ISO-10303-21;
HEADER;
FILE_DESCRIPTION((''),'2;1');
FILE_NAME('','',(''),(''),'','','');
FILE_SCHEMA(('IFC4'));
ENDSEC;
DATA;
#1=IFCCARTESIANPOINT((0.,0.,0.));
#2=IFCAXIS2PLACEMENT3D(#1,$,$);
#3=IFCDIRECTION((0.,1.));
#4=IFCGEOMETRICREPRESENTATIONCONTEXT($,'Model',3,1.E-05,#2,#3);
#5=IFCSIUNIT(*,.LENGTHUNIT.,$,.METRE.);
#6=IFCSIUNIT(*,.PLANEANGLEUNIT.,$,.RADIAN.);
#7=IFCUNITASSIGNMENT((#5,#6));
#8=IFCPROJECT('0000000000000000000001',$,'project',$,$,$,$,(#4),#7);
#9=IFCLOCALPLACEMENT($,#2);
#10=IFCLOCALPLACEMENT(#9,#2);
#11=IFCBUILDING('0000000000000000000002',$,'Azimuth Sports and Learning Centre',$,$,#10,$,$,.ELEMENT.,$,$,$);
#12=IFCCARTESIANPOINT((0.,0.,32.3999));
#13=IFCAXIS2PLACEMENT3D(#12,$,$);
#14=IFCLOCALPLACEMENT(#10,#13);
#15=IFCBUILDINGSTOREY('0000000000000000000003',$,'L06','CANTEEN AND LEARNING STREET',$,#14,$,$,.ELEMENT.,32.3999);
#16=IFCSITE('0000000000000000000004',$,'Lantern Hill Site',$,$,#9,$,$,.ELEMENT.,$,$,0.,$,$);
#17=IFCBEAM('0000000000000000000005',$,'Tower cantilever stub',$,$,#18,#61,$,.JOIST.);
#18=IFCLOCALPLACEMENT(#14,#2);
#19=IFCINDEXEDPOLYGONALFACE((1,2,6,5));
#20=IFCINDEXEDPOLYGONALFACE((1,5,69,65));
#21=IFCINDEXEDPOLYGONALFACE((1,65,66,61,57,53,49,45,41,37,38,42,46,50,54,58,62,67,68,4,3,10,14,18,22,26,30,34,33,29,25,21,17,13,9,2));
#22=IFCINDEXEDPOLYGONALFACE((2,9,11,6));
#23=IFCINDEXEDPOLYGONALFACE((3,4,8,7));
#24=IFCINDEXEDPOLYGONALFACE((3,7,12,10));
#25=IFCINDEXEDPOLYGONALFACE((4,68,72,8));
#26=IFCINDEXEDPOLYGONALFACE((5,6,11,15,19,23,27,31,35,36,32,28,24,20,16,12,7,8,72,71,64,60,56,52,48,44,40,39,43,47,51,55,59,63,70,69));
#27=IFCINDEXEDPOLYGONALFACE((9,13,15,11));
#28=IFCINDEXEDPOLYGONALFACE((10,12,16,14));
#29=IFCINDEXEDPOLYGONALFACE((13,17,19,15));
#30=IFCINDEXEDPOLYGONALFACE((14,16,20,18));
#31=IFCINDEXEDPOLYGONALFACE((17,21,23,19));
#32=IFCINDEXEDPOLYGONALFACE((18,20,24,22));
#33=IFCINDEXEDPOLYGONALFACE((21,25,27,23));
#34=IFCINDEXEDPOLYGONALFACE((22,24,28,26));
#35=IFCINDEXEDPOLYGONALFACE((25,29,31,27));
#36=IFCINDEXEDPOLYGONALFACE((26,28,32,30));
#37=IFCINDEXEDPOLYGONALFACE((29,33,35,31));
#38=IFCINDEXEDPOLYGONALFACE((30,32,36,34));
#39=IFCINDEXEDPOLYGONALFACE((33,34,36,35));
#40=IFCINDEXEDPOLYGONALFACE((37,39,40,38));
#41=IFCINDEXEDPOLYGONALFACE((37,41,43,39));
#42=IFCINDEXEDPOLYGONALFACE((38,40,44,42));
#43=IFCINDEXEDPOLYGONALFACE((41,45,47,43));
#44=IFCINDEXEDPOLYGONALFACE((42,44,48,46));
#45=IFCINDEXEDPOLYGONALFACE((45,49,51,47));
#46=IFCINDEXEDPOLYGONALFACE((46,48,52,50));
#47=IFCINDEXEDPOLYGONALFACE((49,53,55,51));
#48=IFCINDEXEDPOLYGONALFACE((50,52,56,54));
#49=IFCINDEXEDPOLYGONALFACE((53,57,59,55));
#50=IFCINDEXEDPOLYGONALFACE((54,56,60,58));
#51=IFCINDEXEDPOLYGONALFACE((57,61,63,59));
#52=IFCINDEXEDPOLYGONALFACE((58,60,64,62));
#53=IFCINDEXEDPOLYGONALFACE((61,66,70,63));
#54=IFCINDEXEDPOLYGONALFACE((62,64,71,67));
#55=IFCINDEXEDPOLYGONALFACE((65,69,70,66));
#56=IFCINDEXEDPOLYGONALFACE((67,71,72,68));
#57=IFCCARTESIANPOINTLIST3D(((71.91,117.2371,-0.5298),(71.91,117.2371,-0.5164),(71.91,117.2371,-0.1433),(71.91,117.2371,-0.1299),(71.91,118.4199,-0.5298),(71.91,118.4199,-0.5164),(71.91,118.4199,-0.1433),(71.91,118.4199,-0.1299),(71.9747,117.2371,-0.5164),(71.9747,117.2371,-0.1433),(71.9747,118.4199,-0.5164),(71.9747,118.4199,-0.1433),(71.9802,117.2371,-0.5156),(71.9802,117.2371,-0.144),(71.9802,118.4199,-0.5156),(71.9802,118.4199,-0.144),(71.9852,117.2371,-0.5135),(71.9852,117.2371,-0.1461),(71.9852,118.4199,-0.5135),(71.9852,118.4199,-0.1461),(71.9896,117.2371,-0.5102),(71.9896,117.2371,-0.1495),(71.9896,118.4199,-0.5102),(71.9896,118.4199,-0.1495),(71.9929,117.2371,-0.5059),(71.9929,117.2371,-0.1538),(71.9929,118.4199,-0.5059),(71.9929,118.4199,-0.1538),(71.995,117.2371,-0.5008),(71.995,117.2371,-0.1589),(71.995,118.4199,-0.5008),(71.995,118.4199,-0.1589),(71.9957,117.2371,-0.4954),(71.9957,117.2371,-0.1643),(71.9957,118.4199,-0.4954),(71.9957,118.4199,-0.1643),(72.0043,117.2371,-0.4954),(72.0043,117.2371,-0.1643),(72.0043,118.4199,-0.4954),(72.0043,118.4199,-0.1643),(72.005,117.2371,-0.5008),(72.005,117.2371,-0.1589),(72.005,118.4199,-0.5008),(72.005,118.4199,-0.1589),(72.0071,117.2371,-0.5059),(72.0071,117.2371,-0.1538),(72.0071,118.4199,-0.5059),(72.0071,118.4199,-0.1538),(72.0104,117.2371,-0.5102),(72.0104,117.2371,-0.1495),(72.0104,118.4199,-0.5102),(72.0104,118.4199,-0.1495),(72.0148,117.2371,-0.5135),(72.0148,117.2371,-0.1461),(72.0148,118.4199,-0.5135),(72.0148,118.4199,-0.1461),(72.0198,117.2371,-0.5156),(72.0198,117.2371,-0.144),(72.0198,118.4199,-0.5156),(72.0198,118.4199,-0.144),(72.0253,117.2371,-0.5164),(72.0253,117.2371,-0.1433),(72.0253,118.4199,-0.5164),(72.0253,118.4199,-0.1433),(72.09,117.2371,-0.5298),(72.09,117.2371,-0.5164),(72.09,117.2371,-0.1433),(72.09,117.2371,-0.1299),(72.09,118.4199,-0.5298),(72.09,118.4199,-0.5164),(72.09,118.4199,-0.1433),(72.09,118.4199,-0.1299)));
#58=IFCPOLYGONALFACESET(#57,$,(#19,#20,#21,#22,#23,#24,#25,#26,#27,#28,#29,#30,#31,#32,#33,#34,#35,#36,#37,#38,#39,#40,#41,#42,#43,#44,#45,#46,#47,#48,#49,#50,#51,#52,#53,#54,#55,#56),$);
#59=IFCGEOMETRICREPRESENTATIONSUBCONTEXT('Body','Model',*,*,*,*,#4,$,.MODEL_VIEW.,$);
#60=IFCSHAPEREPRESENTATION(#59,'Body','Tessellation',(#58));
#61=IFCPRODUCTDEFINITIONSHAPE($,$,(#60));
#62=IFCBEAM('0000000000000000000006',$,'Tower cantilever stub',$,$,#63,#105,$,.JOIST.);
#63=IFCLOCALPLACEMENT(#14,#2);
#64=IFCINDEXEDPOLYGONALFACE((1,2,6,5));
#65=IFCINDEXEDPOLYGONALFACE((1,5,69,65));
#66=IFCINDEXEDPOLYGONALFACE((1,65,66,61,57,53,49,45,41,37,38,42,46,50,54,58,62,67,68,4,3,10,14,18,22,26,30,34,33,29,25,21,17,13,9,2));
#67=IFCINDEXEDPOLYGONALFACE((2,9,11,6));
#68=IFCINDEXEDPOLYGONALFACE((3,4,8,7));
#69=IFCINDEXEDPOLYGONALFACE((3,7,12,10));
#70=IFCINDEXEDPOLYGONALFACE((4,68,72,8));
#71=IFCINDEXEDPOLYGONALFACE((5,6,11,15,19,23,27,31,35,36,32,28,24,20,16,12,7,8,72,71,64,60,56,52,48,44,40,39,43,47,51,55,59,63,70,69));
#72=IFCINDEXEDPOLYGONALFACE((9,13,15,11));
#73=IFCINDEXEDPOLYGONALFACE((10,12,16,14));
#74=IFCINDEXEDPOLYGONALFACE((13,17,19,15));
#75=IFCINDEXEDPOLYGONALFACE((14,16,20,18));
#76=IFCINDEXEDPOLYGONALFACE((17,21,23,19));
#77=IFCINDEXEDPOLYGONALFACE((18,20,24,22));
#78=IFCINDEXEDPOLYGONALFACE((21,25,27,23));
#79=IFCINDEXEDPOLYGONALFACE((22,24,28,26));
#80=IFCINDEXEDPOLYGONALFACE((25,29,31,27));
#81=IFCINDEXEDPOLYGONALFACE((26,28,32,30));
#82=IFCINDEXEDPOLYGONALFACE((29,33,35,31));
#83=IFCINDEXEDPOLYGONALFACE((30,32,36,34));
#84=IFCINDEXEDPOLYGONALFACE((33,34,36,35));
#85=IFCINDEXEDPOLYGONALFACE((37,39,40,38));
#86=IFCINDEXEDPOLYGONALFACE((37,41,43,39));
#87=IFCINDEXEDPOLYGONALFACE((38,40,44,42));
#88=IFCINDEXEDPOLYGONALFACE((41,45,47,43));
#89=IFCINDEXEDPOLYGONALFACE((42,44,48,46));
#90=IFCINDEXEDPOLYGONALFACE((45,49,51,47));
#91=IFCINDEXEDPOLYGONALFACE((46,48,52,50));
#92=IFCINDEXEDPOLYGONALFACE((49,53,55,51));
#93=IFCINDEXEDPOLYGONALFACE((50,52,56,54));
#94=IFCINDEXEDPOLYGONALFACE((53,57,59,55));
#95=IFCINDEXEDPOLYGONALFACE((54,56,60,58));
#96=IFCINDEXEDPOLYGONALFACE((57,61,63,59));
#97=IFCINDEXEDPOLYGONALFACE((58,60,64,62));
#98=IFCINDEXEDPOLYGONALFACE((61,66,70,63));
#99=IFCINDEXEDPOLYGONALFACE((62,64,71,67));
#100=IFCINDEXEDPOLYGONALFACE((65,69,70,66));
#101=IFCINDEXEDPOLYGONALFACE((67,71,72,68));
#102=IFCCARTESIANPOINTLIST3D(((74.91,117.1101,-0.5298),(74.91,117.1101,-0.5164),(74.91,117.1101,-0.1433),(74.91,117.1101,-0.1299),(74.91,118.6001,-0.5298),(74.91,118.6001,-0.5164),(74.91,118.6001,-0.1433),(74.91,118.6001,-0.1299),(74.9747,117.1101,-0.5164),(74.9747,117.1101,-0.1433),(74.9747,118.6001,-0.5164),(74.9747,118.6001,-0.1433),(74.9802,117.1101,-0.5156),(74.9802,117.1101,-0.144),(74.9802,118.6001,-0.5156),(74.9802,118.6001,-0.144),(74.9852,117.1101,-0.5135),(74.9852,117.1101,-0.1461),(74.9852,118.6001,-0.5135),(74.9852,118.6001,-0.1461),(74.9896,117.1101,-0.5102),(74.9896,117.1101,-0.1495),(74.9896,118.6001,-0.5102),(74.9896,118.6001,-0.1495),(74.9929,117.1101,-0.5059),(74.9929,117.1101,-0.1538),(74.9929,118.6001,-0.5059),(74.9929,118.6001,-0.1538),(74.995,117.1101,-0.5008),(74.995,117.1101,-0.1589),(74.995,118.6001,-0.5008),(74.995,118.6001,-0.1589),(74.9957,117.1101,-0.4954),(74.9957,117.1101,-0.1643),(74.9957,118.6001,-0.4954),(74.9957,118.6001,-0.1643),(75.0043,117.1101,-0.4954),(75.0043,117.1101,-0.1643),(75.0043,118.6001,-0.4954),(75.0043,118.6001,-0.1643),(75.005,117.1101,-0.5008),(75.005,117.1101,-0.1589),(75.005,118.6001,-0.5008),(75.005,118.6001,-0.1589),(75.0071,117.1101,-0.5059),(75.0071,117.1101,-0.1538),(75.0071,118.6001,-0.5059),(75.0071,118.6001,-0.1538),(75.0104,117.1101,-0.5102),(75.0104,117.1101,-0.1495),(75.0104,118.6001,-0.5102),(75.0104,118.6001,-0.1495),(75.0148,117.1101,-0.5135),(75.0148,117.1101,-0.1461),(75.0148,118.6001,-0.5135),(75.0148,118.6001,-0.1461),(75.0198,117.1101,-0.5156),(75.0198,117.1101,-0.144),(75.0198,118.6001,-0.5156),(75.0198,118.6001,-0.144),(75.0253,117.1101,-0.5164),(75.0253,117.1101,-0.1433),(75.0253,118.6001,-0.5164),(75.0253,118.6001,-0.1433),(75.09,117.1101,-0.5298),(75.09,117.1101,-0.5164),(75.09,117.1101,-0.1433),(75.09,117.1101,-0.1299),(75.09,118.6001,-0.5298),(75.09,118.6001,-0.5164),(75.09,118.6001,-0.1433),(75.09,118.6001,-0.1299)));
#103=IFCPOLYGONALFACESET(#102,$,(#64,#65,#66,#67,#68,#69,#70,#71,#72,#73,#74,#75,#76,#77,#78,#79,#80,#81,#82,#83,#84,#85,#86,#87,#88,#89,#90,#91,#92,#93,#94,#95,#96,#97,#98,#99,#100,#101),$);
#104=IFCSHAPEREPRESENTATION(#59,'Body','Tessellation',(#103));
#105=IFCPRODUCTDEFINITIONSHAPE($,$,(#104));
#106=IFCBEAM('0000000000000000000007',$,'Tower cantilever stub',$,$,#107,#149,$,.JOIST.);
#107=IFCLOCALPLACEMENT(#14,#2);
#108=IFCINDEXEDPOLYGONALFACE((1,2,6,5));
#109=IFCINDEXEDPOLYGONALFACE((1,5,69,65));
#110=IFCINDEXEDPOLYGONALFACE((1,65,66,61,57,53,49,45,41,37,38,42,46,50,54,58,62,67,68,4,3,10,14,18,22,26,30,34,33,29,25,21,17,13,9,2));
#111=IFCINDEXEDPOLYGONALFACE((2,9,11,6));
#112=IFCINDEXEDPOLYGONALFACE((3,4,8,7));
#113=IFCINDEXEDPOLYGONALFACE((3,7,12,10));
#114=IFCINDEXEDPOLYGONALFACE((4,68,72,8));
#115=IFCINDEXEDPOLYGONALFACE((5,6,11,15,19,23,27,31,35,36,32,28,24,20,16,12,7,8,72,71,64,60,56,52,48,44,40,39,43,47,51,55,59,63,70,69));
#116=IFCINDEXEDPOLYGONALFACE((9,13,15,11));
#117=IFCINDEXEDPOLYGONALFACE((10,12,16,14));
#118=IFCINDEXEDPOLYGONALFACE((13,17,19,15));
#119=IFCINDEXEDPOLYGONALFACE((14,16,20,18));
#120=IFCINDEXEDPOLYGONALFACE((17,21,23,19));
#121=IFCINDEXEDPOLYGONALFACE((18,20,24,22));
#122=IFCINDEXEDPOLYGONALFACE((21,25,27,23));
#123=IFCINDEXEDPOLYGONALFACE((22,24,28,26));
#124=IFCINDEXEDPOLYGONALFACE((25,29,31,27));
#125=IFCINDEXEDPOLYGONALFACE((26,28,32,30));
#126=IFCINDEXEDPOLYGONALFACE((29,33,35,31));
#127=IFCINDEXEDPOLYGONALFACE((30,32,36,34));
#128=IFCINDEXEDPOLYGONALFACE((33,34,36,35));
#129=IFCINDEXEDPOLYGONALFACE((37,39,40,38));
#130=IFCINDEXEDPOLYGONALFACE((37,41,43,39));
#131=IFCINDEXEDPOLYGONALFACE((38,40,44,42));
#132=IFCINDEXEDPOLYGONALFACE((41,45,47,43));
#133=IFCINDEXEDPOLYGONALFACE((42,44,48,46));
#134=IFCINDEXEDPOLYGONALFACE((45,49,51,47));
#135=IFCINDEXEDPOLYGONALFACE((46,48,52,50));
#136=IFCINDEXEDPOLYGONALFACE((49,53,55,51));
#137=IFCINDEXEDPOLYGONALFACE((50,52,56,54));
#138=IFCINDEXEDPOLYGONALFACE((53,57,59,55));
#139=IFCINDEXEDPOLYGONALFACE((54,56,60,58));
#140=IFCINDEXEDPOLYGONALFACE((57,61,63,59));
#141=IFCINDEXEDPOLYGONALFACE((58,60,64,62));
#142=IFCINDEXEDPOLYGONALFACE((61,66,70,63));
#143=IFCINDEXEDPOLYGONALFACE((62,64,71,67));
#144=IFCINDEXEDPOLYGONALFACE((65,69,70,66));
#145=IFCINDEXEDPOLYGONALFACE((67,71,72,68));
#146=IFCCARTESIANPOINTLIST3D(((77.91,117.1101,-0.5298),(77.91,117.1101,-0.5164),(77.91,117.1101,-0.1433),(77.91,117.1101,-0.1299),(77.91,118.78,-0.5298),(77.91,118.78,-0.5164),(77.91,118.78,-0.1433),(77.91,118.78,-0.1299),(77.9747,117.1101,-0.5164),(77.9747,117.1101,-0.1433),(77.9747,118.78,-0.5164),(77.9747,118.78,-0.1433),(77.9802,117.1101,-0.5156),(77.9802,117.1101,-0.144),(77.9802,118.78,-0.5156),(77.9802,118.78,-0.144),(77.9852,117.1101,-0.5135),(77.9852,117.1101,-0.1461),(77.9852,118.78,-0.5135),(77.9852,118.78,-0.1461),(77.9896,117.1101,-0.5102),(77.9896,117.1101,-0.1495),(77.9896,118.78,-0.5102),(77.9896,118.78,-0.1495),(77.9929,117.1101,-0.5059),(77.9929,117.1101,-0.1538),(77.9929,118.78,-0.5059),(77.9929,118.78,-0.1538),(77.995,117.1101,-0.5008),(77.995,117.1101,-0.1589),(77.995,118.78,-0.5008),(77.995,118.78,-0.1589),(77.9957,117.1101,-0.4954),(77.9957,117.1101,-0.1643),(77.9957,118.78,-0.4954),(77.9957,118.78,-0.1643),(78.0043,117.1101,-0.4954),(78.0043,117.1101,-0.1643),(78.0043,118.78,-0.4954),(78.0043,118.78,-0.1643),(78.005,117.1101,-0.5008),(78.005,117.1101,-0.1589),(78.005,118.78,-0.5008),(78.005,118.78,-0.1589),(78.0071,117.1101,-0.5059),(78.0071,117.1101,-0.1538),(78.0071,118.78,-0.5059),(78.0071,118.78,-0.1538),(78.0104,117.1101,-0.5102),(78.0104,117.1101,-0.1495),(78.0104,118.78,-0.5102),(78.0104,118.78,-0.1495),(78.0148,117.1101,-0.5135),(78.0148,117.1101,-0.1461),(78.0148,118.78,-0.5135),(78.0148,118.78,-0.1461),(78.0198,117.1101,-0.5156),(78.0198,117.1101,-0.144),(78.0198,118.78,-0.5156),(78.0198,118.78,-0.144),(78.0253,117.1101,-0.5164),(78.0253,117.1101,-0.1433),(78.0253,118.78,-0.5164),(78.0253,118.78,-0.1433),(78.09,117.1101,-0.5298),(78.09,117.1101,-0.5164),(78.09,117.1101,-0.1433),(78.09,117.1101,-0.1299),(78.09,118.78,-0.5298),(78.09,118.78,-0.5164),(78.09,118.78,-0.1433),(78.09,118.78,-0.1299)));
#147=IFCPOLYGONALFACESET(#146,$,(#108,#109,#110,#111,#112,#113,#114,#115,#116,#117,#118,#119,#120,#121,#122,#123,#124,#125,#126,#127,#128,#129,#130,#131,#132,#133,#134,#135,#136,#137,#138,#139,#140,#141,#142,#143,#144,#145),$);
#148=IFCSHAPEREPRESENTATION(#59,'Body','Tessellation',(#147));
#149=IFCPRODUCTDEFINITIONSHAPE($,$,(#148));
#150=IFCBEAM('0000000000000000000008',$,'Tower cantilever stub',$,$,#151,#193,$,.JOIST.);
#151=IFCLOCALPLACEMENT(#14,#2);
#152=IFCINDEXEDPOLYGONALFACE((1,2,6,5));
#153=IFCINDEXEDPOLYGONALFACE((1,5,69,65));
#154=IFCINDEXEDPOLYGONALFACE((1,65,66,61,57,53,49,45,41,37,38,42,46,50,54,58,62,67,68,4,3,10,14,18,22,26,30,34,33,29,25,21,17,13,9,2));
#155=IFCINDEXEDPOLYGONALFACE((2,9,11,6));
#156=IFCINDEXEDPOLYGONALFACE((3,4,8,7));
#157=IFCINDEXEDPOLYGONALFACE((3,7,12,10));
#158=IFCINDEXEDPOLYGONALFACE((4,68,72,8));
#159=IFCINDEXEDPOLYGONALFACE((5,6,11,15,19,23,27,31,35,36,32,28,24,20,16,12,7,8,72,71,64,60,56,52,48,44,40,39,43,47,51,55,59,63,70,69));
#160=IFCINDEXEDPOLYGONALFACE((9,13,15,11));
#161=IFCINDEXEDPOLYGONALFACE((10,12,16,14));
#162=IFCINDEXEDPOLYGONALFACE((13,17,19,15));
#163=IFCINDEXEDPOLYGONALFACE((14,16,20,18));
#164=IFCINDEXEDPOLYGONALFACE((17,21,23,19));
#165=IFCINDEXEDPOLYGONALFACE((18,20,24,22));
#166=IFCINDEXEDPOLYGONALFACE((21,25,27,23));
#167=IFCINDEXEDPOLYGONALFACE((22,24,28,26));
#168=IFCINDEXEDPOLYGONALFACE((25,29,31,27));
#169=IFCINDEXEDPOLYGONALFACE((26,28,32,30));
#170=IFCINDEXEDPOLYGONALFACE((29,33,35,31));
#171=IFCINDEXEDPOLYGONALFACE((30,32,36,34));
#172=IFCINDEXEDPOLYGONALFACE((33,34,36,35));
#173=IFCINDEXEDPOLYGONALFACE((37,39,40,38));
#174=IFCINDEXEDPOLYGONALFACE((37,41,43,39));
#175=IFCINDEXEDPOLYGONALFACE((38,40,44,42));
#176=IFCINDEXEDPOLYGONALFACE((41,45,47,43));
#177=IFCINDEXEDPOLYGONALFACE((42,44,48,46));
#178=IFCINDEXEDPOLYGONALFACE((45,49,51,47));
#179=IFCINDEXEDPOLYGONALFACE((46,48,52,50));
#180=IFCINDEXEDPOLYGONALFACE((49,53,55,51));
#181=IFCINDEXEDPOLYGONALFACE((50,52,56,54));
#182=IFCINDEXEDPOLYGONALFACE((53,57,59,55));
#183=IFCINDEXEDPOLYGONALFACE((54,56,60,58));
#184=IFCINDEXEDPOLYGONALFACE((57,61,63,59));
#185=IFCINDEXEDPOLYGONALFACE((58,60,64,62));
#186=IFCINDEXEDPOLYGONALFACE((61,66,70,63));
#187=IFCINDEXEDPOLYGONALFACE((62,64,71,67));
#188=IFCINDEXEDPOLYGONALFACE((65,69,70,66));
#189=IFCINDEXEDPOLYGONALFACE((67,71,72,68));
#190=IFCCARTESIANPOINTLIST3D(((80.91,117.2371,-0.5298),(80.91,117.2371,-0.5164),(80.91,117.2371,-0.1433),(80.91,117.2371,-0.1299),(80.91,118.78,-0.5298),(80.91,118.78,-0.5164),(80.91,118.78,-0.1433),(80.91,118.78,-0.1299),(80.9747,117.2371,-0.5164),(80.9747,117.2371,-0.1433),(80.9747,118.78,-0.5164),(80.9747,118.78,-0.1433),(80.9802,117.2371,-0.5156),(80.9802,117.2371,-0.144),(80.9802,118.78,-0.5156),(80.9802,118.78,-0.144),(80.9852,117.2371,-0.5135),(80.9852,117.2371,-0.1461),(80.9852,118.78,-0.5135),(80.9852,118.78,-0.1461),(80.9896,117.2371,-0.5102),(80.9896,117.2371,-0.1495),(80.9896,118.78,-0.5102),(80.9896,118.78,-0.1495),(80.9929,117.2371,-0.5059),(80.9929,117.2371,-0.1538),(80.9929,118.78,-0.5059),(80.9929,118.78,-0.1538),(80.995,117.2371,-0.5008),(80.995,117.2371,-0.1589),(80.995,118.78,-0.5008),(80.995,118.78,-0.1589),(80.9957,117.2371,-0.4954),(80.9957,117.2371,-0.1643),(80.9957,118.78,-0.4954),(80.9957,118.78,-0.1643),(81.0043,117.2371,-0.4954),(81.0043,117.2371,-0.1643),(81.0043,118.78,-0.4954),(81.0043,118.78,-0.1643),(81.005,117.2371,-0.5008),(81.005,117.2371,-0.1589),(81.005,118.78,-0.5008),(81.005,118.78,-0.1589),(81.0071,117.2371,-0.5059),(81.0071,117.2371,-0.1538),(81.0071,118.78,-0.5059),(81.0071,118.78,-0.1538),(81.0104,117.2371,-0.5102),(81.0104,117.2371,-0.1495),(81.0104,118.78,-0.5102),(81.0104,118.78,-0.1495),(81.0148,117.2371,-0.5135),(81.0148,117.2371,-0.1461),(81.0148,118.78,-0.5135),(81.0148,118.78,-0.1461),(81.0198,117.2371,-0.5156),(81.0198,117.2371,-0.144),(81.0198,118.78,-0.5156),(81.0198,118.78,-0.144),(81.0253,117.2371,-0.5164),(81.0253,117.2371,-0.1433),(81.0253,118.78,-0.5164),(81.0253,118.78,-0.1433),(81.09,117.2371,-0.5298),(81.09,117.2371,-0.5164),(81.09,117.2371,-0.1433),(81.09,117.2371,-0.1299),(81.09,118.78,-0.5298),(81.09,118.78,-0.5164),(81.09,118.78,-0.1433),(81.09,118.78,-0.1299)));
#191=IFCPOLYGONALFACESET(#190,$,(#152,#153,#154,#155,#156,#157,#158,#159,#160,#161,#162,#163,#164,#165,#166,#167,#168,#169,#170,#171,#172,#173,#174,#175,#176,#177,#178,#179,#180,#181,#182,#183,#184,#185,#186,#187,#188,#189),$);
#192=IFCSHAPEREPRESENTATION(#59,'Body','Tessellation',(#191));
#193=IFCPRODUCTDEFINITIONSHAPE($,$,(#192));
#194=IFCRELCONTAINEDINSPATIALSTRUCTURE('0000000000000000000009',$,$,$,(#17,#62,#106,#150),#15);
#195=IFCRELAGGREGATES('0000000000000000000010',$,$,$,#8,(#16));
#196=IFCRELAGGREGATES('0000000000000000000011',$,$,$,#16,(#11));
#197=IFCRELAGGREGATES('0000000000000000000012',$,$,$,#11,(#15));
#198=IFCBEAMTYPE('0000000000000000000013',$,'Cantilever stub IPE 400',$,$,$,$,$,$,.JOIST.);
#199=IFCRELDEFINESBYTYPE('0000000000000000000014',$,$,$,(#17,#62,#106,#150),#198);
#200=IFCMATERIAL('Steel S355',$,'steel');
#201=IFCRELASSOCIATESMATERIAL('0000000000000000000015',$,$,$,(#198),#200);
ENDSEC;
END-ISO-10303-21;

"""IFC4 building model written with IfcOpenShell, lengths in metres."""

from ifc_helpers import new_model, si_unit, direction, frame, origin, origin_2d, place, context, subcontext, project, spatial, i_section, extrude, material, material_profile, profile_set, type_object, element, save


model = new_model("IFC4")

# Units and contexts
model_context = context("Model", 3, precision=1e-05, world=origin(), true_north=direction((0.0, 1.0)))
body_context = subcontext(model_context, "Body", "Model", "MODEL_VIEW")
ifc_project = project(units=[si_unit("LENGTHUNIT", "METRE"), si_unit("PLANEANGLEUNIT", "RADIAN")], contexts=[model_context])

# Site, building, storey
site_placement = place(None, origin())
site = spatial("IfcSite", under=ifc_project, at=site_placement, Name="Lantern Hill Site", CompositionType="ELEMENT", RefElevation=0.0)
building_placement = place(site_placement, origin())
building = spatial("IfcBuilding", under=site, at=building_placement, Name="Azimuth Sports and Learning Centre", CompositionType="ELEMENT")
storey_placement = place(building_placement, frame((0.0, 0.0, 32.3999)))
storey = spatial("IfcBuildingStorey", under=building, at=storey_placement, Name="L06", Description="CANTEEN AND LEARNING STREET", CompositionType="ELEMENT", Elevation=32.3999)

# Beams
ifc_material_1 = material(Name="Steel S355", Category="steel")
ifc_material_profile_1 = material_profile(ifc_material_1, i_section(OverallWidth=0.1799, OverallDepth=0.3999, WebThickness=0.0085, FlangeThickness=0.0134, FilletRadius=0.021, at=origin_2d()), Name="IPE 400")
ifc_profile_set_1 = profile_set([ifc_material_profile_1], Name="Steel S355")
beam_type_1 = type_object("IfcBeamType", Name="Cantilever stub IPE 400", PredefinedType="JOIST", material=ifc_profile_set_1)
beam_1_placement = place(storey_placement, frame((72.0, 117.2371, -0.3298), z_axis=(0.0, 1.0, 0.0), x_axis=(-1.0, 0.0, 0.0)))
element("IfcBeam", 1, at=beam_1_placement, inside=storey, type_object=beam_type_1, Name="Tower cantilever stub", PredefinedType="JOIST", context=body_context, shape_type="SweptSolid", body=[
    extrude(i_section(OverallWidth=0.1799, OverallDepth=0.3999, WebThickness=0.0085, FlangeThickness=0.0134, FilletRadius=0.021, at=origin_2d()), origin(), (0.0, 0.0, 1.0), 1.1829),
])
beam_2_placement = place(storey_placement, frame((75.0, 117.1101, -0.3298), z_axis=(0.0, 1.0, 0.0), x_axis=(-1.0, 0.0, 0.0)))
element("IfcBeam", 2, at=beam_2_placement, inside=storey, type_object=beam_type_1, Name="Tower cantilever stub", PredefinedType="JOIST", context=body_context, shape_type="SweptSolid", body=[
    extrude(i_section(OverallWidth=0.1799, OverallDepth=0.3999, WebThickness=0.0085, FlangeThickness=0.0134, FilletRadius=0.021, at=origin_2d()), origin(), (0.0, 0.0, 1.0), 1.49),
])
beam_3_placement = place(storey_placement, frame((78.0, 117.1101, -0.3298), z_axis=(0.0, 1.0, 0.0), x_axis=(-1.0, 0.0, 0.0)))
element("IfcBeam", 3, at=beam_3_placement, inside=storey, type_object=beam_type_1, Name="Tower cantilever stub", PredefinedType="JOIST", context=body_context, shape_type="SweptSolid", body=[
    extrude(i_section(OverallWidth=0.1799, OverallDepth=0.3999, WebThickness=0.0085, FlangeThickness=0.0134, FilletRadius=0.021, at=origin_2d()), origin(), (0.0, 0.0, 1.0), 1.6699),
])
beam_4_placement = place(storey_placement, frame((81.0, 117.2371, -0.3298), z_axis=(0.0, 1.0, 0.0), x_axis=(-1.0, 0.0, 0.0)))
element("IfcBeam", 4, at=beam_4_placement, inside=storey, type_object=beam_type_1, Name="Tower cantilever stub", PredefinedType="JOIST", context=body_context, shape_type="SweptSolid", body=[
    extrude(i_section(OverallWidth=0.1799, OverallDepth=0.3999, WebThickness=0.0085, FlangeThickness=0.0134, FilletRadius=0.021, at=origin_2d()), origin(), (0.0, 0.0, 1.0), 1.543),
])

save(model, "model.ifc")
